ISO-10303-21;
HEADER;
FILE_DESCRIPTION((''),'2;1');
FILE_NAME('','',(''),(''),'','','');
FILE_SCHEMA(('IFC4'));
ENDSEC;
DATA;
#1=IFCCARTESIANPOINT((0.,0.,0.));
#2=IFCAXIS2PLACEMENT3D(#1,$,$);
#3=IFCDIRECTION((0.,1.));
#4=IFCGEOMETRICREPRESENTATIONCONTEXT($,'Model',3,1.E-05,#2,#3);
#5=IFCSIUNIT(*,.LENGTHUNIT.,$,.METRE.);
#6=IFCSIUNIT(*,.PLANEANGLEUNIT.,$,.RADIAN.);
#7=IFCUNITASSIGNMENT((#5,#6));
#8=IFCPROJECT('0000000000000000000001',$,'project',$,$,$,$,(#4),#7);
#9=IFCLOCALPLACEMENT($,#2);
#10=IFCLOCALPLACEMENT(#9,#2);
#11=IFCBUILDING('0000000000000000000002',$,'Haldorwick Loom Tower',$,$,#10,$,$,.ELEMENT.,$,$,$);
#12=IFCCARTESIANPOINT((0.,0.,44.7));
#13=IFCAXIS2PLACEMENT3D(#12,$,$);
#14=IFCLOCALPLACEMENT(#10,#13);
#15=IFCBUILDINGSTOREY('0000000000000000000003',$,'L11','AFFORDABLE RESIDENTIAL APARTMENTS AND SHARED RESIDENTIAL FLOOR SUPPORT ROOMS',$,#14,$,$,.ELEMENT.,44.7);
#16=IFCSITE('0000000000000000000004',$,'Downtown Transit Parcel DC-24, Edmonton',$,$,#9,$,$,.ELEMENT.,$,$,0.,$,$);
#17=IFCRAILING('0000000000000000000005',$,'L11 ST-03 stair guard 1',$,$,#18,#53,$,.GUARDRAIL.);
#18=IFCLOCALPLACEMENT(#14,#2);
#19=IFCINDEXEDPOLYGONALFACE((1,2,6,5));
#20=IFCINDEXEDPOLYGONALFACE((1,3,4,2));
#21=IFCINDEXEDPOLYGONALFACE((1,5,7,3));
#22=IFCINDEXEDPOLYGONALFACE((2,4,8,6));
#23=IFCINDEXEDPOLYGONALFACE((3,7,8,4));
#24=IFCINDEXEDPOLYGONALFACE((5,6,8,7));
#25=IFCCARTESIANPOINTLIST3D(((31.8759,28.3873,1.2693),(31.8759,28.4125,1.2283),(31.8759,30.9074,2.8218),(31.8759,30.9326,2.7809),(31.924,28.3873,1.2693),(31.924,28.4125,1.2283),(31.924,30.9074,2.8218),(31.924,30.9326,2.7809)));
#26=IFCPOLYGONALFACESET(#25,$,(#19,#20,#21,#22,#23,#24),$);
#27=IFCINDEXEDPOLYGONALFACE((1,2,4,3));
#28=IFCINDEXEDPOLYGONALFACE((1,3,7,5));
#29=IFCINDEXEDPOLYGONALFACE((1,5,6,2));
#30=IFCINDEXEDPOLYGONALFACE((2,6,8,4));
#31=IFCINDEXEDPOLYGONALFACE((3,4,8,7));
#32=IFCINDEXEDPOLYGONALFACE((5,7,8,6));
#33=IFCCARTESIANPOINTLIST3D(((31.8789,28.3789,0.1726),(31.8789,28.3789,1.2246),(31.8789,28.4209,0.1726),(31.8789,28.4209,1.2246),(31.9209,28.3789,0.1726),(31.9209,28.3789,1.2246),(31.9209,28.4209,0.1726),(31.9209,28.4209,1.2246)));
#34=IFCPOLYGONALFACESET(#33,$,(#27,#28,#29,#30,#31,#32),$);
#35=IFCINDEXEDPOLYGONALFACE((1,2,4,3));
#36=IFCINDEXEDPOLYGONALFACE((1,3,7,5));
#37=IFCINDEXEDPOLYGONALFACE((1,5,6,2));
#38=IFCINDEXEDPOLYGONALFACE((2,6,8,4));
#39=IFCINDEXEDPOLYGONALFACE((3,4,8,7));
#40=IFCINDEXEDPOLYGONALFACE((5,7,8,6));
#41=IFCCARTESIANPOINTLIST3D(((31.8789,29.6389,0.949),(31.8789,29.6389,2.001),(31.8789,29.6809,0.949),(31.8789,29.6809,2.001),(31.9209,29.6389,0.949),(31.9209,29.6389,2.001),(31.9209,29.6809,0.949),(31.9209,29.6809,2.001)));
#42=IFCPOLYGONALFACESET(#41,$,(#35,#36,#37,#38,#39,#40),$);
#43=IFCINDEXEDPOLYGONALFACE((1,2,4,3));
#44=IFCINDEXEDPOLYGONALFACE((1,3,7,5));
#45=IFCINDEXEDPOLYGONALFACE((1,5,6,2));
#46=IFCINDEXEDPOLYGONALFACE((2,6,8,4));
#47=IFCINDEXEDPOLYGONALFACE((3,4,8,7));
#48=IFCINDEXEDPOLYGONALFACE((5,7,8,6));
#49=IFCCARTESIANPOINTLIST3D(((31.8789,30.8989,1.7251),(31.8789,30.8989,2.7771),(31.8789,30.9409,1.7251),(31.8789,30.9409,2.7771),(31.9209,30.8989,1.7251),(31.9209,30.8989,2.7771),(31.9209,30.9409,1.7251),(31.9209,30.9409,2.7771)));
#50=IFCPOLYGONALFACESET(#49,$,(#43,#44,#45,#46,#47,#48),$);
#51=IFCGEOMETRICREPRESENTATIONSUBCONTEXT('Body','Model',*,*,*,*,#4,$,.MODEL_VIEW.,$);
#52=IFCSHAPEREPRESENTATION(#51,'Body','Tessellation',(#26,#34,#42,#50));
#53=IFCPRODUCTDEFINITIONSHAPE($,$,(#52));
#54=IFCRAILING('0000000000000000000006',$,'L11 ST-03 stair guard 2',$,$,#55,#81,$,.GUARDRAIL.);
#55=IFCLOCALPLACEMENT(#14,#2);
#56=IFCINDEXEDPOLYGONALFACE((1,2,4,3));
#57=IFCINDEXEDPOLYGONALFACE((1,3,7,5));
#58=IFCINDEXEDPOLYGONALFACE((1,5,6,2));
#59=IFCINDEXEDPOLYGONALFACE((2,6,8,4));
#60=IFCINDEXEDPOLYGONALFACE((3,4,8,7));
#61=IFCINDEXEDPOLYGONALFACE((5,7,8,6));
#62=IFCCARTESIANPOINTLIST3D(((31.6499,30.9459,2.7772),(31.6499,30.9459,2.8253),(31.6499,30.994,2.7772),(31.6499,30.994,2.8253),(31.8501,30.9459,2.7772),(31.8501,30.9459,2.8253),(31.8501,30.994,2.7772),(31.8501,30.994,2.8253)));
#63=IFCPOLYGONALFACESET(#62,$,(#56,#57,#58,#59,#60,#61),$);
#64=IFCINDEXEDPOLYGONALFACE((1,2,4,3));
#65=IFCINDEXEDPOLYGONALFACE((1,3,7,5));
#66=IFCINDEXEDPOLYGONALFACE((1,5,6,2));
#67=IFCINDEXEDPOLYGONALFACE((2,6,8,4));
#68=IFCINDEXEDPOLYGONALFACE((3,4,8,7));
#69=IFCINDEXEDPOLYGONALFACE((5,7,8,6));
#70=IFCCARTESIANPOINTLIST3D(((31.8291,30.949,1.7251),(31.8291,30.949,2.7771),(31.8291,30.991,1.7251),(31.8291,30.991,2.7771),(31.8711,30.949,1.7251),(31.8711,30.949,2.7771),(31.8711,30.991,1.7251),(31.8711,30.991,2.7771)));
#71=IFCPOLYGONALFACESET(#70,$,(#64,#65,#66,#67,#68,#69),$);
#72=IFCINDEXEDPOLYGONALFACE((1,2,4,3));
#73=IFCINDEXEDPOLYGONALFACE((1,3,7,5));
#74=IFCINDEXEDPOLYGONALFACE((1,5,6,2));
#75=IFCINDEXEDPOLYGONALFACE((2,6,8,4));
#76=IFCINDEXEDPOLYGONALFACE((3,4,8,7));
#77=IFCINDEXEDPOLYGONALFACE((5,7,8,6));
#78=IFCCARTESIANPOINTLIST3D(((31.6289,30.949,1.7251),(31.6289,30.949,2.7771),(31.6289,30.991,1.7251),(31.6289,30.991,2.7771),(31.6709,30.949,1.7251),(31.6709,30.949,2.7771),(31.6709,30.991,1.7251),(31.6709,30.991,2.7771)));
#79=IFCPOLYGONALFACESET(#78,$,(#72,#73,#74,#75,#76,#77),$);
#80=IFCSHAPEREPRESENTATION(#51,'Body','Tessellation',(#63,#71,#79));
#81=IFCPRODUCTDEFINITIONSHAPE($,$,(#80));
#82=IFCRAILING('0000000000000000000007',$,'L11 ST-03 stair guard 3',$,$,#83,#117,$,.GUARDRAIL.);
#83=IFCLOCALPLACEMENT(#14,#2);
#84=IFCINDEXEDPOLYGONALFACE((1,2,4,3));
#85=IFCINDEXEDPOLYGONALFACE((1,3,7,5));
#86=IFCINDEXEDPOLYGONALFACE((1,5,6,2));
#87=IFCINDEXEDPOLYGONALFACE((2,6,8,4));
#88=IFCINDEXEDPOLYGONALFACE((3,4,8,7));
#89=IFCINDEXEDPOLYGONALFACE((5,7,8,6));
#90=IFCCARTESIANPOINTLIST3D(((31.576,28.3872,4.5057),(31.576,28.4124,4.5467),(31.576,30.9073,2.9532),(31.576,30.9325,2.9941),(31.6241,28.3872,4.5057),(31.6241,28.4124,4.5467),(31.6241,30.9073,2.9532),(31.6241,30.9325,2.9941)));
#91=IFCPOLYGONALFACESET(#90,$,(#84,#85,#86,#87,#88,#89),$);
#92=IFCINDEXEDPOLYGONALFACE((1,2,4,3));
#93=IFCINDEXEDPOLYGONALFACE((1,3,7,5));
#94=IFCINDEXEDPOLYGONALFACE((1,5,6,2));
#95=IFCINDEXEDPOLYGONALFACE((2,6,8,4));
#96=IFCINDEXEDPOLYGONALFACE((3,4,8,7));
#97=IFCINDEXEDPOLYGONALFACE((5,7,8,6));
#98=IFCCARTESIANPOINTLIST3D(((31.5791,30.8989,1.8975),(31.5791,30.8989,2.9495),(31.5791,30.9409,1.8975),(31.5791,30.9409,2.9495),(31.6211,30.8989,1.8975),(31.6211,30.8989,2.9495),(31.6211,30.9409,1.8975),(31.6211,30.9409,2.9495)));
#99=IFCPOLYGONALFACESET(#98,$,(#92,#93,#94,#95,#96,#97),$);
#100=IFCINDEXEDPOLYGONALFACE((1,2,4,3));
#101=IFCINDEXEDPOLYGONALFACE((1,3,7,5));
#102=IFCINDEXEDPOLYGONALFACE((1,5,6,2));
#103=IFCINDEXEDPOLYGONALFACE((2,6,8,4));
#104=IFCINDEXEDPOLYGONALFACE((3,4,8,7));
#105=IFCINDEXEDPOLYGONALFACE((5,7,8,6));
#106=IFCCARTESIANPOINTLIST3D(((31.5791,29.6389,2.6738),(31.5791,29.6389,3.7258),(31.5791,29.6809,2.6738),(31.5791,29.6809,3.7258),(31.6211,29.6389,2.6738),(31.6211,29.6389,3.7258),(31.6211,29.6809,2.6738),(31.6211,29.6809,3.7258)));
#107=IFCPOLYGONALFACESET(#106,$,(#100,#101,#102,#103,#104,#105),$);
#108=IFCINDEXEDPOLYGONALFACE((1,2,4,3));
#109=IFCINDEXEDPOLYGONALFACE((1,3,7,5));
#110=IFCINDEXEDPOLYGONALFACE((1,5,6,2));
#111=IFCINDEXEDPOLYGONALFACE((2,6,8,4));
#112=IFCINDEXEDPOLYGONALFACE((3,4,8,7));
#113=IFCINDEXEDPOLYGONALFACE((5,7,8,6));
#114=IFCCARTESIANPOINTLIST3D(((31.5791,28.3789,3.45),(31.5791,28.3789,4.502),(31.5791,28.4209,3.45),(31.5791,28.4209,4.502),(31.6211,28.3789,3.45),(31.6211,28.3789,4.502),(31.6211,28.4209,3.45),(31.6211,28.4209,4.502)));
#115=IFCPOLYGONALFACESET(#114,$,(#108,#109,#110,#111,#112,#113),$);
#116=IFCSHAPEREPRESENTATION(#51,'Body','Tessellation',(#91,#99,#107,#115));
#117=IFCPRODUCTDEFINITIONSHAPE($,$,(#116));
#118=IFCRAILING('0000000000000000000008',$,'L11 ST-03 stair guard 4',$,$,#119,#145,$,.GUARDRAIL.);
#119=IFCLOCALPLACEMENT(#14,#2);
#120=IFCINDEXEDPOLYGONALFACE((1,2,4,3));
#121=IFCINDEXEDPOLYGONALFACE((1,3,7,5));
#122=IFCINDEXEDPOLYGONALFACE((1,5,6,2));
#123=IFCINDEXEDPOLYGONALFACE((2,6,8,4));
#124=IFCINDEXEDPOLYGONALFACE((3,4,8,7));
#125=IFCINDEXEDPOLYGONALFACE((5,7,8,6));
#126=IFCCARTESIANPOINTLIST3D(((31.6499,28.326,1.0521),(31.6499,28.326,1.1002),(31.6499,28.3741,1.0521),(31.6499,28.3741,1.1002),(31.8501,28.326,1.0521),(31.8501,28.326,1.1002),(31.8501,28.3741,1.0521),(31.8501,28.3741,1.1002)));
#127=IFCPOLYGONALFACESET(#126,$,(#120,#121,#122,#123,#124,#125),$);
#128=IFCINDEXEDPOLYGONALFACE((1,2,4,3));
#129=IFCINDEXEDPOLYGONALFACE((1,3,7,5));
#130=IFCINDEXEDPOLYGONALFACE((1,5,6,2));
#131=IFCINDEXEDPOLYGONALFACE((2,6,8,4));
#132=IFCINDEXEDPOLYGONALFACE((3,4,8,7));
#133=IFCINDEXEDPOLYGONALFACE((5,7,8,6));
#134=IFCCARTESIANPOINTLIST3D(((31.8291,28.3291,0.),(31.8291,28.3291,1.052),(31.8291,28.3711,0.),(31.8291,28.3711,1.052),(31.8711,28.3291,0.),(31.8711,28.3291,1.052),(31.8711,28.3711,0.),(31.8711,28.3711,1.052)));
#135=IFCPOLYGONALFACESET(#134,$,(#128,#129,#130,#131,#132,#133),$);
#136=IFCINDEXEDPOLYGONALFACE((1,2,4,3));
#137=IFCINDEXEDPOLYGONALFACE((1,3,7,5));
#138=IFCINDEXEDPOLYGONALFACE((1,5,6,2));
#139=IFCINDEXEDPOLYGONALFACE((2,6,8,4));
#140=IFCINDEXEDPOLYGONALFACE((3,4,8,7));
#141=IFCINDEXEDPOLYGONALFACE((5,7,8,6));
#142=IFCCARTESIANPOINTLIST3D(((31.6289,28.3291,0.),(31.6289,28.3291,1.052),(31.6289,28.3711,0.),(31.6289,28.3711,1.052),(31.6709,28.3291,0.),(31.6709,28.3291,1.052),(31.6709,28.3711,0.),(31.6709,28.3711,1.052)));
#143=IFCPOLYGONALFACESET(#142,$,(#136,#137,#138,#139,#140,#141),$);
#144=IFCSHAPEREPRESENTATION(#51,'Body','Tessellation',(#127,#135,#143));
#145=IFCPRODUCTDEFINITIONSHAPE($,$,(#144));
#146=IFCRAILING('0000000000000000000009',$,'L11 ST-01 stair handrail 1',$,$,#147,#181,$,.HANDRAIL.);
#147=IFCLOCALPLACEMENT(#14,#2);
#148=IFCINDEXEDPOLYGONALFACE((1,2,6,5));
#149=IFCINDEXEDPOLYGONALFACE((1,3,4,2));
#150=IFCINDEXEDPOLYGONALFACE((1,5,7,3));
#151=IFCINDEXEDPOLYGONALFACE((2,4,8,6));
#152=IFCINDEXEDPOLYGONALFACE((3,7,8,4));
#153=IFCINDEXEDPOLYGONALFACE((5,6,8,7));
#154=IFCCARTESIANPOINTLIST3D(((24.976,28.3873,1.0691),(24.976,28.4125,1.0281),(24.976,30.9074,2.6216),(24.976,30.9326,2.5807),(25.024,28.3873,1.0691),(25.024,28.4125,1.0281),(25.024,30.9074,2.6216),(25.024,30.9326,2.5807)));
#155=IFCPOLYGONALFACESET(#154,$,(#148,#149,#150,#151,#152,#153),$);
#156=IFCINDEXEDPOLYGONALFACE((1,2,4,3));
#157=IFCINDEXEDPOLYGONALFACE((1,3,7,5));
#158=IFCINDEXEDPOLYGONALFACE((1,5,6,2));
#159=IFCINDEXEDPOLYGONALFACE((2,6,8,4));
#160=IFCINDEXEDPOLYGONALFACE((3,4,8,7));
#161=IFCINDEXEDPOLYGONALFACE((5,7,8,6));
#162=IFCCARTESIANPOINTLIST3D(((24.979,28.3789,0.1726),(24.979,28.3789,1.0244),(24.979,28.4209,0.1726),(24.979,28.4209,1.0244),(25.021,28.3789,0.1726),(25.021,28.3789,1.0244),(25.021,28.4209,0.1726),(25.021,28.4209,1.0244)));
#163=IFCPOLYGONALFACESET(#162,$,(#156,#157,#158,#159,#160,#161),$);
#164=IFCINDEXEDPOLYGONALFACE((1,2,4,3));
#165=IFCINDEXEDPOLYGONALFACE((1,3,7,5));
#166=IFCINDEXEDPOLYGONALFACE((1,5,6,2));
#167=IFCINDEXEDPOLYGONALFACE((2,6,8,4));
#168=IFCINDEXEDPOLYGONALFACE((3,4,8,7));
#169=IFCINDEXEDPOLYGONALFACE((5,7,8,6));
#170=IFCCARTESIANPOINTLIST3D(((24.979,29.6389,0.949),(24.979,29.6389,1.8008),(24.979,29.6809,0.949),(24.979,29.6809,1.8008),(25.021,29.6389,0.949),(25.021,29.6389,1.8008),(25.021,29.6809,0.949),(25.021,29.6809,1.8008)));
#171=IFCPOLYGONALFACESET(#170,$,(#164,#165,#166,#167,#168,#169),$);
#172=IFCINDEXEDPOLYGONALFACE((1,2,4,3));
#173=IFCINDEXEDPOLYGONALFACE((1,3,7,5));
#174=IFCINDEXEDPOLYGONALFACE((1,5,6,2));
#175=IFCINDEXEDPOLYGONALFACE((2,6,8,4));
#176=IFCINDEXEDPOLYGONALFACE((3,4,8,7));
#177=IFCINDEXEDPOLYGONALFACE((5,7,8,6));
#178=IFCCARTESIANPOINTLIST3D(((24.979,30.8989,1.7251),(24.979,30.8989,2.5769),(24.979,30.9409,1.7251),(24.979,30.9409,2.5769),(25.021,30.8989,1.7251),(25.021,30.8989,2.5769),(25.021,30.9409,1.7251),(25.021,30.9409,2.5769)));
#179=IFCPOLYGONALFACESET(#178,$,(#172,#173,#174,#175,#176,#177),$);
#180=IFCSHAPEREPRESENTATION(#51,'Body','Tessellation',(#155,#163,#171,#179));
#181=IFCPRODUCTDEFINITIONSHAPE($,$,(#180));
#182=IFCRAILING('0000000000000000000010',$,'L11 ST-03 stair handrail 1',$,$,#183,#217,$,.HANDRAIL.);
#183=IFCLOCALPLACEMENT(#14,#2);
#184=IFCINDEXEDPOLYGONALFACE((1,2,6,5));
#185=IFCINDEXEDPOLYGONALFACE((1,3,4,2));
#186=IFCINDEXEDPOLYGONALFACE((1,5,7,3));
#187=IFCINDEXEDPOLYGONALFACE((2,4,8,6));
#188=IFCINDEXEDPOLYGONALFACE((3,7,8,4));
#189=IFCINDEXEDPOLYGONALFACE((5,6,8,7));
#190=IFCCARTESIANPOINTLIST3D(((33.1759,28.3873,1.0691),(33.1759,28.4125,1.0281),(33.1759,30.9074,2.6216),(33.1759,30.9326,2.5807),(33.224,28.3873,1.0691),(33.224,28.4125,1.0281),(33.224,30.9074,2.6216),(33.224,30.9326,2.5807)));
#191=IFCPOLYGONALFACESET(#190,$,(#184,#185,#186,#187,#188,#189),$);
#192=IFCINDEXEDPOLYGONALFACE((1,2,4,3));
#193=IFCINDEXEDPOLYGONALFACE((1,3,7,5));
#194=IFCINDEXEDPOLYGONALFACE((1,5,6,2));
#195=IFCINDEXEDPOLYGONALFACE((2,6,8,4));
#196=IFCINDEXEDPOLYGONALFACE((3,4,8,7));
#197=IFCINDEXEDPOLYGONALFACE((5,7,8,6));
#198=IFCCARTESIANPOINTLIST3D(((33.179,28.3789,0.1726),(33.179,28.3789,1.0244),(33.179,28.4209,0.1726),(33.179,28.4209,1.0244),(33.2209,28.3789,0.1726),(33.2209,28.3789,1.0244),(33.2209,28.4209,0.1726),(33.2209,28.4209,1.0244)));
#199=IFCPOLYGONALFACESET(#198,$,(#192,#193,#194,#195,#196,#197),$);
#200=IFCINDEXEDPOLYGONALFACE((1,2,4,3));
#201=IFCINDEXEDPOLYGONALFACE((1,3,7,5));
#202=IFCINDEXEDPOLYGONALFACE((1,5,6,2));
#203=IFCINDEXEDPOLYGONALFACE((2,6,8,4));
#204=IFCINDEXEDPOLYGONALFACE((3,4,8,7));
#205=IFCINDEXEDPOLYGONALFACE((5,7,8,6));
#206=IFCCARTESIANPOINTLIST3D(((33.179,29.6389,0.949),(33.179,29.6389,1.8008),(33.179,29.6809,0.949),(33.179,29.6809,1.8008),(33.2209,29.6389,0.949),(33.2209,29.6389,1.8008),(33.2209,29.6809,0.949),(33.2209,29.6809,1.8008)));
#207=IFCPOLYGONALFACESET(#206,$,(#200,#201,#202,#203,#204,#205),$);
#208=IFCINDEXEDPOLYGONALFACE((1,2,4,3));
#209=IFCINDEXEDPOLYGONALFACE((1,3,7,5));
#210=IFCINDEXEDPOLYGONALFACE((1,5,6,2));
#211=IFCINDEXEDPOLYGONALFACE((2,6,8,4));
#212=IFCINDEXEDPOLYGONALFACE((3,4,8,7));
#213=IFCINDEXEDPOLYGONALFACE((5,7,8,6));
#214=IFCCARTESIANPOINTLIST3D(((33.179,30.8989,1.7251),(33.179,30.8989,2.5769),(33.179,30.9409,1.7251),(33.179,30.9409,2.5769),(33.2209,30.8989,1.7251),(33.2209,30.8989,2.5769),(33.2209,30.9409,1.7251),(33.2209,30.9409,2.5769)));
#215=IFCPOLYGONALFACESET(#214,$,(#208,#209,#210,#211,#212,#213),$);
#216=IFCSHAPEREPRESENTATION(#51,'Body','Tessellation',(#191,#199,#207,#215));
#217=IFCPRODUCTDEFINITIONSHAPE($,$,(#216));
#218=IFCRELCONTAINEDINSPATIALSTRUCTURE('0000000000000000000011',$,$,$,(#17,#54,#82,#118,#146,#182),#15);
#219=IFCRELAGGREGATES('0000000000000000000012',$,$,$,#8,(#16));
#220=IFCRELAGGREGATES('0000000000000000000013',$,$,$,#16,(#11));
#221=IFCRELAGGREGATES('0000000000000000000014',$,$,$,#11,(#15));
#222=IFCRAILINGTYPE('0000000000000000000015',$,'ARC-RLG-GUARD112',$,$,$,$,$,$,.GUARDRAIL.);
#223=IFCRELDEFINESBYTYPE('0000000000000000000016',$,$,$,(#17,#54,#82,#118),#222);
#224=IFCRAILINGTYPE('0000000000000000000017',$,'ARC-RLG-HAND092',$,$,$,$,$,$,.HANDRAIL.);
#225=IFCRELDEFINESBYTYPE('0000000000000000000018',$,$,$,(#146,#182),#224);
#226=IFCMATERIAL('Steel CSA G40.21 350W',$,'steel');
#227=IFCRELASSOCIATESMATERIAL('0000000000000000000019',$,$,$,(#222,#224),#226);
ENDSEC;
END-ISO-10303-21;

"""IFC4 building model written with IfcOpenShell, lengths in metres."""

from ifc_helpers import new_model, si_unit, direction, frame, origin, origin_2d, place, context, subcontext, project, spatial, rectangle, extrude, material, type_object, element, save


model = new_model("IFC4")

# Units and contexts
model_context = context("Model", 3, precision=1e-05, world=origin(), true_north=direction((0.0, 1.0)))
body_context = subcontext(model_context, "Body", "Model", "MODEL_VIEW")
ifc_project = project(units=[si_unit("LENGTHUNIT", "METRE"), si_unit("PLANEANGLEUNIT", "RADIAN")], contexts=[model_context])

# Site, building, storey
site_placement = place(None, origin())
site = spatial("IfcSite", under=ifc_project, at=site_placement, Name="Downtown Transit Parcel DC-24, Edmonton", CompositionType="ELEMENT", RefElevation=0.0)
building_placement = place(site_placement, origin())
building = spatial("IfcBuilding", under=site, at=building_placement, Name="Haldorwick Loom Tower", CompositionType="ELEMENT")
storey_placement = place(building_placement, frame((0.0, 0.0, 44.7)))
storey = spatial("IfcBuildingStorey", under=building, at=storey_placement, Name="L11", Description="AFFORDABLE RESIDENTIAL APARTMENTS AND SHARED RESIDENTIAL FLOOR SUPPORT ROOMS", CompositionType="ELEMENT", Elevation=44.7)

# Shared definitions
ifc_material_1 = material(Name="Steel CSA G40.21 350W", Category="steel")

# Railings
railing_type_1 = type_object("IfcRailingType", Name="ARC-RLG-GUARD112", PredefinedType="GUARDRAIL", material=ifc_material_1)
railing_1_placement = place(storey_placement, frame((31.8999, 28.3999, 0.1726)))
element("IfcRailing", 1, at=railing_1_placement, inside=storey, type_object=railing_type_1, Name="L11 ST-03 stair guard 1", PredefinedType="GUARDRAIL", context=body_context, shape_type="SweptSolid", body=[
    extrude(rectangle(XDim=0.0481, YDim=0.0481, at=origin_2d()), frame((0.0, 0.0, 1.0762), z_axis=(0.0, 0.8514, 0.524516), x_axis=(-1.0, 0.0, 0.0)), (0.0, 0.0, 1.0), 2.96),
    extrude(rectangle(XDim=0.042, YDim=0.042, at=origin_2d()), origin(), (0.0, 0.0, 1.0), 1.052),
    extrude(rectangle(XDim=0.042, YDim=0.042, at=origin_2d()), frame((0.0, 1.26, 0.7764)), (0.0, 0.0, 1.0), 1.052),
    extrude(rectangle(XDim=0.042, YDim=0.042, at=origin_2d()), frame((0.0, 2.52, 1.5525)), (0.0, 0.0, 1.0), 1.052),
])
railing_2_placement = place(storey_placement, frame((31.8501, 30.97, 1.7251)))
element("IfcRailing", 2, at=railing_2_placement, inside=storey, type_object=railing_type_1, Name="L11 ST-03 stair guard 2", PredefinedType="GUARDRAIL", context=body_context, shape_type="SweptSolid", body=[
    extrude(rectangle(XDim=0.0481, YDim=0.0481, at=origin_2d()), frame((0.0, 0.0, 1.0762), z_axis=(-1.0, 0.0, 0.0), x_axis=(0.0, -1.0, 0.0)), (0.0, 0.0, 1.0), 0.2002),
    extrude(rectangle(XDim=0.042, YDim=0.042, at=origin_2d()), origin(), (0.0, 0.0, 1.0), 1.052),
    extrude(rectangle(XDim=0.042, YDim=0.042, at=origin_2d()), frame((-0.2002, 0.0, 0.0)), (0.0, 0.0, 1.0), 1.052),
])
railing_3_placement = place(storey_placement, frame((31.6001, 30.9199, 1.8975)))
element("IfcRailing", 3, at=railing_3_placement, inside=storey, type_object=railing_type_1, Name="L11 ST-03 stair guard 3", PredefinedType="GUARDRAIL", context=body_context, shape_type="SweptSolid", body=[
    extrude(rectangle(XDim=0.0481, YDim=0.0481, at=origin_2d()), frame((0.0, 0.0, 1.0762), z_axis=(0.0, -0.8514, 0.524516), x_axis=(1.0, 0.0, 0.0)), (0.0, 0.0, 1.0), 2.96),
    extrude(rectangle(XDim=0.042, YDim=0.042, at=origin_2d()), origin(), (0.0, 0.0, 1.0), 1.052),
    extrude(rectangle(XDim=0.042, YDim=0.042, at=origin_2d()), frame((0.0, -1.26, 0.7764)), (0.0, 0.0, 1.0), 1.052),
    extrude(rectangle(XDim=0.042, YDim=0.042, at=origin_2d()), frame((0.0, -2.52, 1.5525)), (0.0, 0.0, 1.0), 1.052),
])
railing_4_placement = place(storey_placement, frame((31.8501, 28.3501, 0.0)))
element("IfcRailing", 4, at=railing_4_placement, inside=storey, type_object=railing_type_1, Name="L11 ST-03 stair guard 4", PredefinedType="GUARDRAIL", context=body_context, shape_type="SweptSolid", body=[
    extrude(rectangle(XDim=0.0481, YDim=0.0481, at=origin_2d()), frame((0.0, 0.0, 1.0762), z_axis=(-1.0, 0.0, 0.0), x_axis=(0.0, -1.0, 0.0)), (0.0, 0.0, 1.0), 0.2002),
    extrude(rectangle(XDim=0.042, YDim=0.042, at=origin_2d()), origin(), (0.0, 0.0, 1.0), 1.052),
    extrude(rectangle(XDim=0.042, YDim=0.042, at=origin_2d()), frame((-0.2002, 0.0, 0.0)), (0.0, 0.0, 1.0), 1.052),
])
railing_type_2 = type_object("IfcRailingType", Name="ARC-RLG-HAND092", PredefinedType="HANDRAIL", material=ifc_material_1)
for number, where, name in (
    (5, (25.0, 28.3999, 0.1726), "L11 ST-01 stair handrail 1"),
    (6, (33.2, 28.3999, 0.1726), "L11 ST-03 stair handrail 1"),
):
    element("IfcRailing", number, at=place(storey_placement, frame(where)), inside=storey, type_object=railing_type_2, Name=name, PredefinedType="HANDRAIL", context=body_context, shape_type="SweptSolid", body=[
        extrude(rectangle(XDim=0.0481, YDim=0.0481, at=origin_2d()), frame((0.0, 0.0, 0.876), z_axis=(0.0, 0.8514, 0.524516), x_axis=(-1.0, 0.0, 0.0)), (0.0, 0.0, 1.0), 2.96),
        extrude(rectangle(XDim=0.042, YDim=0.042, at=origin_2d()), origin(), (0.0, 0.0, 1.0), 0.8518),
        extrude(rectangle(XDim=0.042, YDim=0.042, at=origin_2d()), frame((0.0, 1.26, 0.7764)), (0.0, 0.0, 1.0), 0.8518),
        extrude(rectangle(XDim=0.042, YDim=0.042, at=origin_2d()), frame((0.0, 2.52, 1.5525)), (0.0, 0.0, 1.0), 0.8518),
    ])

save(model, "model.ifc")
